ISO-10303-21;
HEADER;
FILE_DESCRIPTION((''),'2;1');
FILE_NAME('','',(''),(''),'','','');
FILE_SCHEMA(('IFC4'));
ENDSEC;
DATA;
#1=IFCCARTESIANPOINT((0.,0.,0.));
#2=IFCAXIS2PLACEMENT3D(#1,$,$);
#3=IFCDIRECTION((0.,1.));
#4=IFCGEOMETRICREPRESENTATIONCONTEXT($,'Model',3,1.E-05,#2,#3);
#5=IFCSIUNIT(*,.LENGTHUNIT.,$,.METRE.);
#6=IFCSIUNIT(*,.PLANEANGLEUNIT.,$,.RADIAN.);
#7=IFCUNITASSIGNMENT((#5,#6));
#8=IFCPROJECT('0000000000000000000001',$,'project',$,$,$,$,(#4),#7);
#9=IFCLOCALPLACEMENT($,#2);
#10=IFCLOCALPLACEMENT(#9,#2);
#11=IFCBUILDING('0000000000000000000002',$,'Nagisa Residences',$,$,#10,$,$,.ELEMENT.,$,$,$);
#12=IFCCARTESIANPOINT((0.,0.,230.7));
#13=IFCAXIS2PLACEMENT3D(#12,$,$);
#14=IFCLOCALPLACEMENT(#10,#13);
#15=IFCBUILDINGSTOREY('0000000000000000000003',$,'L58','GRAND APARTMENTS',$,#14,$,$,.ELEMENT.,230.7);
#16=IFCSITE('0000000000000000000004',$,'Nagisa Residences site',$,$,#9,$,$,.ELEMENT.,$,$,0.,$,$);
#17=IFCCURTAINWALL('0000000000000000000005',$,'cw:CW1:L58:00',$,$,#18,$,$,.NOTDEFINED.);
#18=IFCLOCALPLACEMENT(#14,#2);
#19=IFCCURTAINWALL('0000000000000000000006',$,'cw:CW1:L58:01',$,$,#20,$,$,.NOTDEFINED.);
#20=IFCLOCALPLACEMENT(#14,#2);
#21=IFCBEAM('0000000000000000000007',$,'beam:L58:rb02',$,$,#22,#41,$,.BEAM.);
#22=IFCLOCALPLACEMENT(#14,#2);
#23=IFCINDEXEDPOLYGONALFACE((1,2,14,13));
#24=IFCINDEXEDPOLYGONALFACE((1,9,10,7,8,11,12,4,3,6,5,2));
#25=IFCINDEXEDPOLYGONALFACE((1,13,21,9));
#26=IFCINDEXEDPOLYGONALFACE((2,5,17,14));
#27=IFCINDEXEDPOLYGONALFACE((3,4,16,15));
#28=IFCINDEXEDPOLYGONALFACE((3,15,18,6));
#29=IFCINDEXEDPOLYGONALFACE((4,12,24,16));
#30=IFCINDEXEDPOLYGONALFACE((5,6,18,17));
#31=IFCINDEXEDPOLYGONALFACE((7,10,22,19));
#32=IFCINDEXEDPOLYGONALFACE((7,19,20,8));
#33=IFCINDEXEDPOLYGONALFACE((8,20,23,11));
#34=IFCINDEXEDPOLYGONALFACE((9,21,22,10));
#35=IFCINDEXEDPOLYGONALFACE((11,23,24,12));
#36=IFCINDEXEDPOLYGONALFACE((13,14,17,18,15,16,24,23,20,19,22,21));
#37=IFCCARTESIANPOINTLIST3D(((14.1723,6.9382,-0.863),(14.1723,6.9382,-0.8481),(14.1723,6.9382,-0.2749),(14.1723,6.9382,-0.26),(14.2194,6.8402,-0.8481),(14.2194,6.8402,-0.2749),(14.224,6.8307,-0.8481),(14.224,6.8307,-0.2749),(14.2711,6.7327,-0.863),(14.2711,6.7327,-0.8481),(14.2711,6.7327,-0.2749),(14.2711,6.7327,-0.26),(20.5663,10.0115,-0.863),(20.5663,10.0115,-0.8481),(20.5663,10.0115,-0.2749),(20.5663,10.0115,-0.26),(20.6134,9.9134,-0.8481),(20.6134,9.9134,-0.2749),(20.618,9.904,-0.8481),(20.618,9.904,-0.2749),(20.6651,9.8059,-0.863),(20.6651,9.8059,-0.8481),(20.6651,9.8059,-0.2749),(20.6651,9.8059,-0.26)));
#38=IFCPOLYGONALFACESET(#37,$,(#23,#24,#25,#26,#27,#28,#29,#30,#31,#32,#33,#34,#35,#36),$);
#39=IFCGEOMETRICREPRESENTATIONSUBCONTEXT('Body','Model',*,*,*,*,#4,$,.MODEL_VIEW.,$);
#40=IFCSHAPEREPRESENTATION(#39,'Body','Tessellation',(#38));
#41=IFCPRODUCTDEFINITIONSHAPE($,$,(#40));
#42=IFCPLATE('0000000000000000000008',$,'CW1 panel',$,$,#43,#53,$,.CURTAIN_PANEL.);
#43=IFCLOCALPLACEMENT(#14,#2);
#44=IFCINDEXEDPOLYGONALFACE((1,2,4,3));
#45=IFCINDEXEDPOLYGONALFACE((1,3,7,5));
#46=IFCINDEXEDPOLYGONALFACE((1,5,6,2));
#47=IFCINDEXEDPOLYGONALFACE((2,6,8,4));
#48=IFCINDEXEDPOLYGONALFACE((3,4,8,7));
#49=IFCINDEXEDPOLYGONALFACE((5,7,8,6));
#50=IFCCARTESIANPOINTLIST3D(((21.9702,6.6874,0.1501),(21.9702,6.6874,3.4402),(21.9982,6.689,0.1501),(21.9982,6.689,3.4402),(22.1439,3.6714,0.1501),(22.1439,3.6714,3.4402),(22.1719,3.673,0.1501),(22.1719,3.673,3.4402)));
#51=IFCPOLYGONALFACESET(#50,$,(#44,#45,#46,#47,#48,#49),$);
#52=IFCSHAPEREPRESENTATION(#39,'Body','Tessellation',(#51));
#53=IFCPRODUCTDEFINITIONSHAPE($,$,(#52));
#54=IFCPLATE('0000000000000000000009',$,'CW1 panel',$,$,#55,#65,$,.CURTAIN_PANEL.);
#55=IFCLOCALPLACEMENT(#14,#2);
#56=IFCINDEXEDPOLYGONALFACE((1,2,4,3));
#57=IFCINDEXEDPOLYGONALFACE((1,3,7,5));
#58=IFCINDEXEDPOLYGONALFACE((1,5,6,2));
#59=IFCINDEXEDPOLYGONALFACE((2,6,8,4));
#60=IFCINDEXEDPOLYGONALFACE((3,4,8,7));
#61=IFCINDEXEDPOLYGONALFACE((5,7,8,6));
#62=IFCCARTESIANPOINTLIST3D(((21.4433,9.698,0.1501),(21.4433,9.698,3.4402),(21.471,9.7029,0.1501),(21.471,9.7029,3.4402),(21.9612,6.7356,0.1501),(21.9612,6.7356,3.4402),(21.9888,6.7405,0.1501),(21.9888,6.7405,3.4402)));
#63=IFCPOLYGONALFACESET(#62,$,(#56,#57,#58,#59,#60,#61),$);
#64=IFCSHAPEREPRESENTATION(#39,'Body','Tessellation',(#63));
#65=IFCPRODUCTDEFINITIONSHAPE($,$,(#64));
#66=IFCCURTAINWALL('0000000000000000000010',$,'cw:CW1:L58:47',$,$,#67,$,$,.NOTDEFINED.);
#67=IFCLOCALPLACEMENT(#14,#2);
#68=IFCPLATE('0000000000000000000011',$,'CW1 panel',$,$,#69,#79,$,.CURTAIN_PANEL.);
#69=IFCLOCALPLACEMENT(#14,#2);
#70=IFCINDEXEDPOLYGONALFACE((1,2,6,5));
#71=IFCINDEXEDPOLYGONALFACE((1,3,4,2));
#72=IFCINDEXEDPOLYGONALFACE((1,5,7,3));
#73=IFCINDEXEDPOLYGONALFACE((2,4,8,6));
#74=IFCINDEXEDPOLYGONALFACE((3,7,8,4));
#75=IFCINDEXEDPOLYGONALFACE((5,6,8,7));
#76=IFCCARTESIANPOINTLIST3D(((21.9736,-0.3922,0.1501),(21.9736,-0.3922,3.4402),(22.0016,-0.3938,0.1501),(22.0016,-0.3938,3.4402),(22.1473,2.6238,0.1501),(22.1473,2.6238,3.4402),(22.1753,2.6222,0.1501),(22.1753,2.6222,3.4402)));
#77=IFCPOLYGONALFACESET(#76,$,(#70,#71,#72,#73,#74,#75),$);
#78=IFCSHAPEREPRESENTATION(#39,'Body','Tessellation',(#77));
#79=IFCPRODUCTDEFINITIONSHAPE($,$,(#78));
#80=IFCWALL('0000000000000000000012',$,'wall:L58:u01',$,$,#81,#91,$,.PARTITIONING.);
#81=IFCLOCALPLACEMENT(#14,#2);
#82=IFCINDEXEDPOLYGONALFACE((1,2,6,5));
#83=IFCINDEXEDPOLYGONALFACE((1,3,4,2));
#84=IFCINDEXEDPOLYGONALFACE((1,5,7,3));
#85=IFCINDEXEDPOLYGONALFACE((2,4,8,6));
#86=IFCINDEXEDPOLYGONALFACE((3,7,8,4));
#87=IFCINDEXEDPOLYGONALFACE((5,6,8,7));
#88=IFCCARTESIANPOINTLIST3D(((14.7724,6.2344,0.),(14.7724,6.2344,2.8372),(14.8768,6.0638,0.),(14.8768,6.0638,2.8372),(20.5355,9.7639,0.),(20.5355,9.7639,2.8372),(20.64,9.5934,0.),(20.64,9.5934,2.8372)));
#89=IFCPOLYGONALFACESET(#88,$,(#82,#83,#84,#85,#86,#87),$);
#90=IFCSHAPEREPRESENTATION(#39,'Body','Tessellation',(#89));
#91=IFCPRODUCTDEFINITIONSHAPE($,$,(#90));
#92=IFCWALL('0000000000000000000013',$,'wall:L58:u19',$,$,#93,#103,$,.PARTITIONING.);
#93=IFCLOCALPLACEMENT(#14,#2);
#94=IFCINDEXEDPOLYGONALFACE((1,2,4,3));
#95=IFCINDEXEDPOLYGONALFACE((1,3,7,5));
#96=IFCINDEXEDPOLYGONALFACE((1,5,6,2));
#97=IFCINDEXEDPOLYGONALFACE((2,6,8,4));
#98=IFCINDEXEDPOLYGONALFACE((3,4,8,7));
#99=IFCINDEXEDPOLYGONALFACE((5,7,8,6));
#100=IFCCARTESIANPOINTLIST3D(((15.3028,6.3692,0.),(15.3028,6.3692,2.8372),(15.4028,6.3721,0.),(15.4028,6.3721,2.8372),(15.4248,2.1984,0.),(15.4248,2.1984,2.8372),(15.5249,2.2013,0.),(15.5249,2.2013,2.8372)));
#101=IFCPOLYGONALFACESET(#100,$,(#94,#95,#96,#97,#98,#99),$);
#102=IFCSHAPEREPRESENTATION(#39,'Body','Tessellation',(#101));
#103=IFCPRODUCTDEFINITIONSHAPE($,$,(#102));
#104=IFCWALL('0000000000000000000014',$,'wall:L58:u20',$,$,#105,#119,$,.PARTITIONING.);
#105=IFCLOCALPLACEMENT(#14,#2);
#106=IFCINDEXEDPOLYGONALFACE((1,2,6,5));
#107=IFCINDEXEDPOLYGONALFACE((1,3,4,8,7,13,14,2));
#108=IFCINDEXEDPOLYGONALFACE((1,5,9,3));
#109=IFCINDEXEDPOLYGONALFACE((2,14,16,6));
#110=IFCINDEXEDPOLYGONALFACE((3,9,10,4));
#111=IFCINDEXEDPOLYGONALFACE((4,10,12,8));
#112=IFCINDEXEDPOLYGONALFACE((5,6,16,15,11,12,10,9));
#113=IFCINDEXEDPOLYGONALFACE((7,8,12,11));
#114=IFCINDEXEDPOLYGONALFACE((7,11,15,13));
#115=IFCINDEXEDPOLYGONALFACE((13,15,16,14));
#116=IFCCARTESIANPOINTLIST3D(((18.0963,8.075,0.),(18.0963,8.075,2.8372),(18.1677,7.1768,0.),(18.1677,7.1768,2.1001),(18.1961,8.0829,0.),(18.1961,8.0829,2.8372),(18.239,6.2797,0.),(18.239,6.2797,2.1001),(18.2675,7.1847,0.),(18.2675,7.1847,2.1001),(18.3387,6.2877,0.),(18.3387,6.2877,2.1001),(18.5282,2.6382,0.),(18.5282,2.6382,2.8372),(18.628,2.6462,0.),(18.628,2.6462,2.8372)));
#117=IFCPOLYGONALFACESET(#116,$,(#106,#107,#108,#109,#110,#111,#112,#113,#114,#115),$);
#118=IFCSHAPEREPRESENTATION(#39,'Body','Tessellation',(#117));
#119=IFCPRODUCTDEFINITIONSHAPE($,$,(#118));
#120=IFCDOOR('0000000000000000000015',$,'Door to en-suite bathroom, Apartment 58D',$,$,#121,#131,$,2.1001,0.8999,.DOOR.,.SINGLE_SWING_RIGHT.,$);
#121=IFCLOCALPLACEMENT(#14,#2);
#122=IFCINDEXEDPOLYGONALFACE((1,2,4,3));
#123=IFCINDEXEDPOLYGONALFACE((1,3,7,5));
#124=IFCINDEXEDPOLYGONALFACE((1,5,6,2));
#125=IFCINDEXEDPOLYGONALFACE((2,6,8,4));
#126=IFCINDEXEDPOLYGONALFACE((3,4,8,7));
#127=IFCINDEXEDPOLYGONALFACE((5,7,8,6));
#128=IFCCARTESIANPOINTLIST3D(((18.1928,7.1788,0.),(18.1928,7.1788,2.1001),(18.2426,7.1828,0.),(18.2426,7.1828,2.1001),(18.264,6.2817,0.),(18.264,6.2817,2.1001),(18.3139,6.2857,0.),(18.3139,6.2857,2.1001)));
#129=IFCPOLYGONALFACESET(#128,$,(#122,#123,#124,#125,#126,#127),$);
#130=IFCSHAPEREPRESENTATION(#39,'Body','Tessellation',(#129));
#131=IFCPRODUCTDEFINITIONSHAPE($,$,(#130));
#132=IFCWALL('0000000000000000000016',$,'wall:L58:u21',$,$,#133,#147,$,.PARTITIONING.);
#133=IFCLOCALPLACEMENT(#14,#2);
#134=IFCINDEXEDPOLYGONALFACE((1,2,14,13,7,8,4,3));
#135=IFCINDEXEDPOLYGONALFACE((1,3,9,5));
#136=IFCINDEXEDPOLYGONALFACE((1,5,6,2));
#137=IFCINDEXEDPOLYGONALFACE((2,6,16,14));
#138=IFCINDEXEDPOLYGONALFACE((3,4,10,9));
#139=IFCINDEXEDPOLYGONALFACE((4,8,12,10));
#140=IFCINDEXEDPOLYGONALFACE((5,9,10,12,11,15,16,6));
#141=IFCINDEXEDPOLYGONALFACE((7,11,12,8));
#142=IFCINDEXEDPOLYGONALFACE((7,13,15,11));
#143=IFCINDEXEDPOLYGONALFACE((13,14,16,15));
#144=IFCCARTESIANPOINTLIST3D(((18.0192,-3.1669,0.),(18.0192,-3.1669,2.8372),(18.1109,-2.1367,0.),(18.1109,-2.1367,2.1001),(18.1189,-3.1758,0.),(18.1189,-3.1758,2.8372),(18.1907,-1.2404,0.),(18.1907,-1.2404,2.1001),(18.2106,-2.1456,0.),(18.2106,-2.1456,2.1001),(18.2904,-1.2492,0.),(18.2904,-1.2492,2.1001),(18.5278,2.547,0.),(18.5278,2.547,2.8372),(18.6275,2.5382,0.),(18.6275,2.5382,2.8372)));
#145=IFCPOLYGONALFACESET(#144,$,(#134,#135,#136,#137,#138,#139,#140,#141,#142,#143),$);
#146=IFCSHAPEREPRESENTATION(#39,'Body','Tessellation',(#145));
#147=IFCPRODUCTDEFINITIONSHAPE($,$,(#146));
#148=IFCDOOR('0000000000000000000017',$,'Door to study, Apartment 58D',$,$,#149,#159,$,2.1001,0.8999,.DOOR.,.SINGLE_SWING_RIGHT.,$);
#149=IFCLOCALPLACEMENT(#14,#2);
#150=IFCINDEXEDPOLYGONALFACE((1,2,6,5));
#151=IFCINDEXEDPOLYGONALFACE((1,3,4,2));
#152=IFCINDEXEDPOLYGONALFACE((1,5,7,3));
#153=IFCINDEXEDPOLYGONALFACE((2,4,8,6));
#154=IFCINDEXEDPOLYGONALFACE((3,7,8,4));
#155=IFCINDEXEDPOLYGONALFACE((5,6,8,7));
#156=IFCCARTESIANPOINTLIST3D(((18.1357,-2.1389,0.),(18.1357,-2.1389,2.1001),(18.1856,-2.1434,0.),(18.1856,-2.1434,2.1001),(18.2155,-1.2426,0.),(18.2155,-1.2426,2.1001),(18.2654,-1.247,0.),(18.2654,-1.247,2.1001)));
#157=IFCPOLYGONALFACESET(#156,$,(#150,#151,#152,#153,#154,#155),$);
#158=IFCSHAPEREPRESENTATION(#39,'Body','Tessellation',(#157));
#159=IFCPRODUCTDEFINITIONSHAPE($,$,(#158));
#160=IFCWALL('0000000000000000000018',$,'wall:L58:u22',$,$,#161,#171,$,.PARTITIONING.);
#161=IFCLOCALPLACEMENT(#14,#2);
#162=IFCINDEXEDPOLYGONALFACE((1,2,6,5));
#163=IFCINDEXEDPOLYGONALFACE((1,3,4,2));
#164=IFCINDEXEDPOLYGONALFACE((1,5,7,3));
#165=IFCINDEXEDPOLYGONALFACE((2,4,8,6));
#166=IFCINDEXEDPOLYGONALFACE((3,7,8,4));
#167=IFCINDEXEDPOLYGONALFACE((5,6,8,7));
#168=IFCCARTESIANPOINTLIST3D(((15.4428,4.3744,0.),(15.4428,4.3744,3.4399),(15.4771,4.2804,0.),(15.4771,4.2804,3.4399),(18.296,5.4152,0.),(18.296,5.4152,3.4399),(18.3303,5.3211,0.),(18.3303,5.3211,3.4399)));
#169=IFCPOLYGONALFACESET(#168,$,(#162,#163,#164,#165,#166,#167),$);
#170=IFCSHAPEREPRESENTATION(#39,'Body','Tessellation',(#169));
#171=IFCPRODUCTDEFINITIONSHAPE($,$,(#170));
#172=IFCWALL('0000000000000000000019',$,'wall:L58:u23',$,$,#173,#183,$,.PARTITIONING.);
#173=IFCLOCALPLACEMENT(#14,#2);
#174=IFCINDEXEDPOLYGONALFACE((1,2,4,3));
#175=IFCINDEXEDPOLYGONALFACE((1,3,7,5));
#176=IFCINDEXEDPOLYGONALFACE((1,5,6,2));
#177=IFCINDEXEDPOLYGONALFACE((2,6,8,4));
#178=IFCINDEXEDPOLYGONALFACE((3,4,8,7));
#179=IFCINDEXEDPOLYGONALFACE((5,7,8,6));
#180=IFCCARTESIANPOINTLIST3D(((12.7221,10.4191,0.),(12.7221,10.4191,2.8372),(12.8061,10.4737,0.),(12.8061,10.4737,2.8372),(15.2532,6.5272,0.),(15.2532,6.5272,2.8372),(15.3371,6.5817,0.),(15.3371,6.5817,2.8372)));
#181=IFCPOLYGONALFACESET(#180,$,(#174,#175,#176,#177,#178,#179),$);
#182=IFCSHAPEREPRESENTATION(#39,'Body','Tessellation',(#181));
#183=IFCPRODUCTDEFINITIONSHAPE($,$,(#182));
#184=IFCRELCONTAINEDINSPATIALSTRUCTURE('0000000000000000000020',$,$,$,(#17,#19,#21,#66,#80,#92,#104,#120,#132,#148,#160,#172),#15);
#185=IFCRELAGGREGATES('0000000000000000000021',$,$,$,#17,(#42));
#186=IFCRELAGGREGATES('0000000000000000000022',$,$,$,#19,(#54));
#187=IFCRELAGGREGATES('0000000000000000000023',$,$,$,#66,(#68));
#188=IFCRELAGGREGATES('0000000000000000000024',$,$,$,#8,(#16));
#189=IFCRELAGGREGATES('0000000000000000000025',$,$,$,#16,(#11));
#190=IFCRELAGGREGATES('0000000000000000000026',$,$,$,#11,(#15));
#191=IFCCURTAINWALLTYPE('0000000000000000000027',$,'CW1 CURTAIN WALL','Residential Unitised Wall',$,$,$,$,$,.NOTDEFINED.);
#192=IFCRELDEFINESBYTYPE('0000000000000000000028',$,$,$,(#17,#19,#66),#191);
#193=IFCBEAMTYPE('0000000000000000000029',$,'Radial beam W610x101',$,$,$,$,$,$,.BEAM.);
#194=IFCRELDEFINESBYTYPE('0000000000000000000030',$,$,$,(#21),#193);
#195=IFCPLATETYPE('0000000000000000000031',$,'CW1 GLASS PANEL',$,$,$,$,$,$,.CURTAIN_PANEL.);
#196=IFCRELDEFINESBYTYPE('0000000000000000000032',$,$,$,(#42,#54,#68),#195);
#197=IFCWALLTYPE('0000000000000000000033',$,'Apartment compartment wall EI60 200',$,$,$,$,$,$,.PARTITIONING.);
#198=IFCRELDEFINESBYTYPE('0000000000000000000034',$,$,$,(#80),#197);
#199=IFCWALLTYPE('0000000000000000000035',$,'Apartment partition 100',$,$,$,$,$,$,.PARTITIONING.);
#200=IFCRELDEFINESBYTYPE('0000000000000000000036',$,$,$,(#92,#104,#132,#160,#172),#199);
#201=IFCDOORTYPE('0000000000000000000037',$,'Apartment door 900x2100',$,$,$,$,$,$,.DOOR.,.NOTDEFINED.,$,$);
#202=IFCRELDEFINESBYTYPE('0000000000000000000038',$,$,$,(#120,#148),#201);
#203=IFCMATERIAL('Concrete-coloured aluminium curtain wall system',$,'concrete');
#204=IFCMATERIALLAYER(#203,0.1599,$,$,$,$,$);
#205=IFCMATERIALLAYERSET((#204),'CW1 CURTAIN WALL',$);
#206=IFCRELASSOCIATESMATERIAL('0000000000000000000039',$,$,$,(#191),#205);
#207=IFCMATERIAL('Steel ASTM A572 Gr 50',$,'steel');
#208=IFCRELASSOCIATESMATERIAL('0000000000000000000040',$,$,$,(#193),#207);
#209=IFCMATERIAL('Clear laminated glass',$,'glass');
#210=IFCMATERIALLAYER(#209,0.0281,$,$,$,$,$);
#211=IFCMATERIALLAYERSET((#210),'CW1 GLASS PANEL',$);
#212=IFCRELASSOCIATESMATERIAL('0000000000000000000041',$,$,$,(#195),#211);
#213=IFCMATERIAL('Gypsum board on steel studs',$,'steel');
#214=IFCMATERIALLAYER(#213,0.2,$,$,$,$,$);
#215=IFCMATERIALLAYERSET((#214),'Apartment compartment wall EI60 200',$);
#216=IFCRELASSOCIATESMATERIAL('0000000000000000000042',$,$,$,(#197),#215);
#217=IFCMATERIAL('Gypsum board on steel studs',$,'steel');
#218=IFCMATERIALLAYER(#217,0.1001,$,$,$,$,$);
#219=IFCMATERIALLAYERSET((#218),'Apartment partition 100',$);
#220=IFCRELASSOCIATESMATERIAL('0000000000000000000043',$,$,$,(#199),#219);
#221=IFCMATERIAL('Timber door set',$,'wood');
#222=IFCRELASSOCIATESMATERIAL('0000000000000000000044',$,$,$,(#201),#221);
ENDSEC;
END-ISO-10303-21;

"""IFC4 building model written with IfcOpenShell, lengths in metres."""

from ifc_helpers import new_model, si_unit, direction, frame, frame_2d, origin, origin_2d, place, context, subcontext, project, spatial, rectangle, i_section, extrude, material, layer, layer_set, material_profile, profile_set, type_object, element, fill, aggregate, save


model = new_model("IFC4")

# Units and contexts
model_context = context("Model", 3, precision=1e-05, world=origin(), true_north=direction((0.0, 1.0)))
body_context = subcontext(model_context, "Body", "Model", "MODEL_VIEW")
ifc_project = project(units=[si_unit("LENGTHUNIT", "METRE"), si_unit("PLANEANGLEUNIT", "RADIAN")], contexts=[model_context])

# Site, building, storey
site_placement = place(None, origin())
site = spatial("IfcSite", under=ifc_project, at=site_placement, Name="Nagisa Residences site", CompositionType="ELEMENT", RefElevation=0.0)
building_placement = place(site_placement, origin())
building = spatial("IfcBuilding", under=site, at=building_placement, Name="Nagisa Residences", CompositionType="ELEMENT")
storey_placement = place(building_placement, frame((0.0, 0.0, 230.7)))
storey = spatial("IfcBuildingStorey", under=building, at=storey_placement, Name="L58", Description="GRAND APARTMENTS", CompositionType="ELEMENT", Elevation=230.7)

# Curtain walls
ifc_material_1 = material(Name="Concrete-coloured aluminium curtain wall system", Category="concrete")
ifc_layer_1 = layer(ifc_material_1, 0.1599)
ifc_layer_set_1 = layer_set([ifc_layer_1], Name="CW1 CURTAIN WALL")
curtain_wall_type = type_object("IfcCurtainWallType", Name="CW1 CURTAIN WALL", Description="Residential Unitised Wall", PredefinedType="NOTDEFINED", material=ifc_layer_set_1)
curtain_wall_1_placement = place(storey_placement, origin())
curtain_wall_1 = element("IfcCurtainWall", 1, at=curtain_wall_1_placement, inside=storey, type_object=curtain_wall_type, Name="cw:CW1:L58:00", PredefinedType="NOTDEFINED")
curtain_wall_2_placement = place(storey_placement, origin())
curtain_wall_2 = element("IfcCurtainWall", 2, at=curtain_wall_2_placement, inside=storey, type_object=curtain_wall_type, Name="cw:CW1:L58:01", PredefinedType="NOTDEFINED")

# Beam
ifc_material_2 = material(Name="Steel ASTM A572 Gr 50", Category="steel")
ifc_material_profile_1 = material_profile(ifc_material_2, i_section(OverallWidth=0.228, OverallDepth=0.603, WebThickness=0.0105, FlangeThickness=0.0149, at=origin_2d()), Name="W610x101")
ifc_profile_set_1 = profile_set([ifc_material_profile_1], Name="Steel ASTM A572 Gr 50")
beam_type_1 = type_object("IfcBeamType", Name="Radial beam W610x101", PredefinedType="BEAM", material=ifc_profile_set_1)
beam_1_placement = place(storey_placement, frame((20.6157, 9.9087, -0.5615), z_axis=(-0.901297, -0.433201, 0.0), x_axis=(0.433201, -0.901297, 0.0)))
element("IfcBeam", 3, at=beam_1_placement, inside=storey, type_object=beam_type_1, Name="beam:L58:rb02", PredefinedType="BEAM", context=body_context, shape_type="SweptSolid", body=[
    extrude(i_section(OverallWidth=0.228, OverallDepth=0.603, WebThickness=0.0105, FlangeThickness=0.0149, at=origin_2d()), origin(), (0.0, 0.0, 1.0), 7.0942),
])

# Plates
ifc_material_3 = material(Name="Clear laminated glass", Category="glass")
ifc_layer_2 = layer(ifc_material_3, 0.0281)
ifc_layer_set_2 = layer_set([ifc_layer_2], Name="CW1 GLASS PANEL")
plate_type = type_object("IfcPlateType", Name="CW1 GLASS PANEL", PredefinedType="CURTAIN_PANEL", material=ifc_layer_set_2)
plate_1_placement = place(storey_placement, frame((22.071, 5.1802, 0.1501), z_axis=(0.0, 0.0, 1.0), x_axis=(-0.057503, 0.998345, 0.0)))
plate_1 = element("IfcPlate", 4, at=plate_1_placement, type_object=plate_type, Name="CW1 panel", PredefinedType="CURTAIN_PANEL", context=body_context, shape_type="SweptSolid", body=[
    extrude(rectangle(XDim=3.021, YDim=0.0281, at=origin_2d()), origin(), (0.0, 0.0, 1.0), 3.29),
])
aggregate(curtain_wall_1, [plate_1])
plate_2_placement = place(storey_placement, frame((21.7161, 8.2192, 0.1501), z_axis=(0.0, 0.0, 1.0), x_axis=(-0.172191, 0.985064, 0.0)))
plate_2 = element("IfcPlate", 5, at=plate_2_placement, type_object=plate_type, Name="CW1 panel", PredefinedType="CURTAIN_PANEL", context=body_context, shape_type="SweptSolid", body=[
    extrude(rectangle(XDim=3.0073, YDim=0.0281, at=origin_2d()), origin(), (0.0, 0.0, 1.0), 3.29),
])
aggregate(curtain_wall_2, [plate_2])

# Curtain wall, plate
curtain_wall_3_placement = place(storey_placement, origin())
curtain_wall_3 = element("IfcCurtainWall", 6, at=curtain_wall_3_placement, inside=storey, type_object=curtain_wall_type, Name="cw:CW1:L58:47", PredefinedType="NOTDEFINED")
plate_3_placement = place(storey_placement, frame((22.0745, 1.115, 0.1501), z_axis=(0.0, 0.0, 1.0), x_axis=(0.057503, 0.998345, 0.0)))
plate_3 = element("IfcPlate", 7, at=plate_3_placement, type_object=plate_type, Name="CW1 panel", PredefinedType="CURTAIN_PANEL", context=body_context, shape_type="SweptSolid", body=[
    extrude(rectangle(XDim=3.021, YDim=0.0281, at=origin_2d()), origin(), (0.0, 0.0, 1.0), 3.29),
])
aggregate(curtain_wall_3, [plate_3])

# Walls
ifc_material_4 = material(Name="Gypsum board on steel studs", Category="steel")
ifc_layer_3 = layer(ifc_material_4, 0.2)
ifc_layer_set_3 = layer_set([ifc_layer_3], Name="Apartment compartment wall EI60 200")
wall_type_1 = type_object("IfcWallType", Name="Apartment compartment wall EI60 200", PredefinedType="PARTITIONING", material=ifc_layer_set_3)
wall_1_placement = place(storey_placement, frame((14.8247, 6.1492, 0.0), z_axis=(0.0, 0.0, 1.0), x_axis=(0.852781, 0.522268, 0.0)))
element("IfcWall", 8, at=wall_1_placement, inside=storey, type_object=wall_type_1, Name="wall:L58:u01", PredefinedType="PARTITIONING", context=body_context, shape_type="SweptSolid", body=[
    extrude(rectangle(XDim=6.7581, YDim=0.2, at=frame_2d((3.3789, 0.0))), origin(), (0.0, 0.0, 1.0), 2.8372),
])
ifc_material_5 = material(Name="Gypsum board on steel studs", Category="steel")
ifc_layer_4 = layer(ifc_material_5, 0.1001)
ifc_layer_set_4 = layer_set([ifc_layer_4], Name="Apartment partition 100")
wall_type_2 = type_object("IfcWallType", Name="Apartment partition 100", PredefinedType="PARTITIONING", material=ifc_layer_set_4)
wall_2_placement = place(storey_placement, frame((15.4749, 2.1997, 0.0), z_axis=(0.0, 0.0, 1.0), x_axis=(-0.029255, 0.999572, 0.0)))
element("IfcWall", 9, at=wall_2_placement, inside=storey, type_object=wall_type_2, Name="wall:L58:u19", PredefinedType="PARTITIONING", context=body_context, shape_type="SweptSolid", body=[
    extrude(rectangle(XDim=4.1726, YDim=0.1001, at=frame_2d((2.0864, 0.0))), origin(), (0.0, 0.0, 1.0), 2.8372),
])

# Walls, openings, doors
wall_3_placement = place(storey_placement, frame((18.5781, 2.6421, 0.0), z_axis=(0.0, 0.0, 1.0), x_axis=(-0.079188, 0.99686, 0.0)))
wall_3 = element("IfcWall", 10, at=wall_3_placement, inside=storey, type_object=wall_type_2, Name="wall:L58:u20", PredefinedType="PARTITIONING", context=body_context, shape_type="SweptSolid", body=[
    extrude(rectangle(XDim=5.4539, YDim=0.1001, at=frame_2d((2.7271, 0.0))), origin(), (0.0, 0.0, 1.0), 2.8372),
])
opening_1_placement = place(wall_3_placement, frame((3.6531, 0.0, 0.0)))
opening_1 = element("IfcOpeningElement", 11, at=opening_1_placement, cuts=wall_3, PredefinedType="OPENING", context=body_context, shape_type="SweptSolid", body=[
    extrude(rectangle(XDim=0.8999, YDim=2.1001, at=frame_2d((0.45, 1.05))), frame((0.0, 0.0601, 0.0), z_axis=(0.0, -1.0, 0.0), x_axis=(1.0, 0.0, 0.0)), (0.0, 0.0, 1.0), 0.1201),
])
ifc_material_6 = material(Name="Timber door set", Category="wood")
door_type_1 = type_object("IfcDoorType", Name="Apartment door 900x2100", OperationType="NOTDEFINED", PredefinedType="DOOR", material=ifc_material_6)
door_1_placement = place(opening_1_placement, origin())
door_1 = element("IfcDoor", 12, at=door_1_placement, inside=storey, type_object=door_type_1, Name="Door to en-suite bathroom, Apartment 58D", OperationType="SINGLE_SWING_RIGHT", OverallHeight=2.1001, OverallWidth=0.8999, PredefinedType="DOOR", context=body_context, shape_type="SweptSolid", body=[
    extrude(rectangle(XDim=0.8999, YDim=2.1001, at=frame_2d((0.45, 1.05))), frame((0.0, 0.0249, 0.0), z_axis=(0.0, -1.0, 0.0), x_axis=(1.0, 0.0, 0.0)), (0.0, 0.0, 1.0), 0.05),
])
fill(opening_1, door_1)
wall_4_placement = place(storey_placement, frame((18.5776, 2.5425, 0.0), z_axis=(0.0, 0.0, 1.0), x_axis=(-0.088651, -0.996063, 0.0)))
wall_4 = element("IfcWall", 13, at=wall_4_placement, inside=storey, type_object=wall_type_2, Name="wall:L58:u21", PredefinedType="PARTITIONING", context=body_context, shape_type="SweptSolid", body=[
    extrude(rectangle(XDim=5.7366, YDim=0.1001, at=frame_2d((2.8682, 0.0))), origin(), (0.0, 0.0, 1.0), 2.8372),
])
opening_2_placement = place(wall_4_placement, frame((3.8022, 0.0, 0.0)))
opening_2 = element("IfcOpeningElement", 14, at=opening_2_placement, cuts=wall_4, PredefinedType="OPENING", context=body_context, shape_type="SweptSolid", body=[
    extrude(rectangle(XDim=0.8999, YDim=2.1001, at=frame_2d((0.45, 1.05))), frame((0.0, 0.0601, 0.0), z_axis=(0.0, -1.0, 0.0), x_axis=(1.0, 0.0, 0.0)), (0.0, 0.0, 1.0), 0.1201),
])
door_2_placement = place(opening_2_placement, origin())
door_2 = element("IfcDoor", 15, at=door_2_placement, inside=storey, type_object=door_type_1, Name="Door to study, Apartment 58D", OperationType="SINGLE_SWING_RIGHT", OverallHeight=2.1001, OverallWidth=0.8999, PredefinedType="DOOR", context=body_context, shape_type="SweptSolid", body=[
    extrude(rectangle(XDim=0.8999, YDim=2.1001, at=frame_2d((0.45, 1.05))), frame((0.0, 0.0249, 0.0), z_axis=(0.0, -1.0, 0.0), x_axis=(1.0, 0.0, 0.0)), (0.0, 0.0, 1.0), 0.05),
])
fill(opening_2, door_2)

# Walls
wall_5_placement = place(storey_placement, frame((15.46, 4.3274, 0.0), z_axis=(0.0, 0.0, 1.0), x_axis=(0.939453, 0.342679, 0.0)))
element("IfcWall", 16, at=wall_5_placement, inside=storey, type_object=wall_type_2, Name="wall:L58:u22", PredefinedType="PARTITIONING", context=body_context, shape_type="SweptSolid", body=[
    extrude(rectangle(XDim=3.0371, YDim=0.1001, at=frame_2d((1.5186, 0.0))), origin(), (0.0, 0.0, 1.0), 3.4399),
])
wall_6_placement = place(storey_placement, frame((15.2952, 6.5544, 0.0), z_axis=(0.0, 0.0, 1.0), x_axis=(-0.545186, 0.838315, 0.0)))
element("IfcWall", 17, at=wall_6_placement, inside=storey, type_object=wall_type_2, Name="wall:L58:u23", PredefinedType="PARTITIONING", context=body_context, shape_type="SweptSolid", body=[
    extrude(rectangle(XDim=4.6426, YDim=0.1001, at=frame_2d((2.3213, 0.0))), origin(), (0.0, 0.0, 1.0), 2.8372),
])

save(model, "model.ifc")
